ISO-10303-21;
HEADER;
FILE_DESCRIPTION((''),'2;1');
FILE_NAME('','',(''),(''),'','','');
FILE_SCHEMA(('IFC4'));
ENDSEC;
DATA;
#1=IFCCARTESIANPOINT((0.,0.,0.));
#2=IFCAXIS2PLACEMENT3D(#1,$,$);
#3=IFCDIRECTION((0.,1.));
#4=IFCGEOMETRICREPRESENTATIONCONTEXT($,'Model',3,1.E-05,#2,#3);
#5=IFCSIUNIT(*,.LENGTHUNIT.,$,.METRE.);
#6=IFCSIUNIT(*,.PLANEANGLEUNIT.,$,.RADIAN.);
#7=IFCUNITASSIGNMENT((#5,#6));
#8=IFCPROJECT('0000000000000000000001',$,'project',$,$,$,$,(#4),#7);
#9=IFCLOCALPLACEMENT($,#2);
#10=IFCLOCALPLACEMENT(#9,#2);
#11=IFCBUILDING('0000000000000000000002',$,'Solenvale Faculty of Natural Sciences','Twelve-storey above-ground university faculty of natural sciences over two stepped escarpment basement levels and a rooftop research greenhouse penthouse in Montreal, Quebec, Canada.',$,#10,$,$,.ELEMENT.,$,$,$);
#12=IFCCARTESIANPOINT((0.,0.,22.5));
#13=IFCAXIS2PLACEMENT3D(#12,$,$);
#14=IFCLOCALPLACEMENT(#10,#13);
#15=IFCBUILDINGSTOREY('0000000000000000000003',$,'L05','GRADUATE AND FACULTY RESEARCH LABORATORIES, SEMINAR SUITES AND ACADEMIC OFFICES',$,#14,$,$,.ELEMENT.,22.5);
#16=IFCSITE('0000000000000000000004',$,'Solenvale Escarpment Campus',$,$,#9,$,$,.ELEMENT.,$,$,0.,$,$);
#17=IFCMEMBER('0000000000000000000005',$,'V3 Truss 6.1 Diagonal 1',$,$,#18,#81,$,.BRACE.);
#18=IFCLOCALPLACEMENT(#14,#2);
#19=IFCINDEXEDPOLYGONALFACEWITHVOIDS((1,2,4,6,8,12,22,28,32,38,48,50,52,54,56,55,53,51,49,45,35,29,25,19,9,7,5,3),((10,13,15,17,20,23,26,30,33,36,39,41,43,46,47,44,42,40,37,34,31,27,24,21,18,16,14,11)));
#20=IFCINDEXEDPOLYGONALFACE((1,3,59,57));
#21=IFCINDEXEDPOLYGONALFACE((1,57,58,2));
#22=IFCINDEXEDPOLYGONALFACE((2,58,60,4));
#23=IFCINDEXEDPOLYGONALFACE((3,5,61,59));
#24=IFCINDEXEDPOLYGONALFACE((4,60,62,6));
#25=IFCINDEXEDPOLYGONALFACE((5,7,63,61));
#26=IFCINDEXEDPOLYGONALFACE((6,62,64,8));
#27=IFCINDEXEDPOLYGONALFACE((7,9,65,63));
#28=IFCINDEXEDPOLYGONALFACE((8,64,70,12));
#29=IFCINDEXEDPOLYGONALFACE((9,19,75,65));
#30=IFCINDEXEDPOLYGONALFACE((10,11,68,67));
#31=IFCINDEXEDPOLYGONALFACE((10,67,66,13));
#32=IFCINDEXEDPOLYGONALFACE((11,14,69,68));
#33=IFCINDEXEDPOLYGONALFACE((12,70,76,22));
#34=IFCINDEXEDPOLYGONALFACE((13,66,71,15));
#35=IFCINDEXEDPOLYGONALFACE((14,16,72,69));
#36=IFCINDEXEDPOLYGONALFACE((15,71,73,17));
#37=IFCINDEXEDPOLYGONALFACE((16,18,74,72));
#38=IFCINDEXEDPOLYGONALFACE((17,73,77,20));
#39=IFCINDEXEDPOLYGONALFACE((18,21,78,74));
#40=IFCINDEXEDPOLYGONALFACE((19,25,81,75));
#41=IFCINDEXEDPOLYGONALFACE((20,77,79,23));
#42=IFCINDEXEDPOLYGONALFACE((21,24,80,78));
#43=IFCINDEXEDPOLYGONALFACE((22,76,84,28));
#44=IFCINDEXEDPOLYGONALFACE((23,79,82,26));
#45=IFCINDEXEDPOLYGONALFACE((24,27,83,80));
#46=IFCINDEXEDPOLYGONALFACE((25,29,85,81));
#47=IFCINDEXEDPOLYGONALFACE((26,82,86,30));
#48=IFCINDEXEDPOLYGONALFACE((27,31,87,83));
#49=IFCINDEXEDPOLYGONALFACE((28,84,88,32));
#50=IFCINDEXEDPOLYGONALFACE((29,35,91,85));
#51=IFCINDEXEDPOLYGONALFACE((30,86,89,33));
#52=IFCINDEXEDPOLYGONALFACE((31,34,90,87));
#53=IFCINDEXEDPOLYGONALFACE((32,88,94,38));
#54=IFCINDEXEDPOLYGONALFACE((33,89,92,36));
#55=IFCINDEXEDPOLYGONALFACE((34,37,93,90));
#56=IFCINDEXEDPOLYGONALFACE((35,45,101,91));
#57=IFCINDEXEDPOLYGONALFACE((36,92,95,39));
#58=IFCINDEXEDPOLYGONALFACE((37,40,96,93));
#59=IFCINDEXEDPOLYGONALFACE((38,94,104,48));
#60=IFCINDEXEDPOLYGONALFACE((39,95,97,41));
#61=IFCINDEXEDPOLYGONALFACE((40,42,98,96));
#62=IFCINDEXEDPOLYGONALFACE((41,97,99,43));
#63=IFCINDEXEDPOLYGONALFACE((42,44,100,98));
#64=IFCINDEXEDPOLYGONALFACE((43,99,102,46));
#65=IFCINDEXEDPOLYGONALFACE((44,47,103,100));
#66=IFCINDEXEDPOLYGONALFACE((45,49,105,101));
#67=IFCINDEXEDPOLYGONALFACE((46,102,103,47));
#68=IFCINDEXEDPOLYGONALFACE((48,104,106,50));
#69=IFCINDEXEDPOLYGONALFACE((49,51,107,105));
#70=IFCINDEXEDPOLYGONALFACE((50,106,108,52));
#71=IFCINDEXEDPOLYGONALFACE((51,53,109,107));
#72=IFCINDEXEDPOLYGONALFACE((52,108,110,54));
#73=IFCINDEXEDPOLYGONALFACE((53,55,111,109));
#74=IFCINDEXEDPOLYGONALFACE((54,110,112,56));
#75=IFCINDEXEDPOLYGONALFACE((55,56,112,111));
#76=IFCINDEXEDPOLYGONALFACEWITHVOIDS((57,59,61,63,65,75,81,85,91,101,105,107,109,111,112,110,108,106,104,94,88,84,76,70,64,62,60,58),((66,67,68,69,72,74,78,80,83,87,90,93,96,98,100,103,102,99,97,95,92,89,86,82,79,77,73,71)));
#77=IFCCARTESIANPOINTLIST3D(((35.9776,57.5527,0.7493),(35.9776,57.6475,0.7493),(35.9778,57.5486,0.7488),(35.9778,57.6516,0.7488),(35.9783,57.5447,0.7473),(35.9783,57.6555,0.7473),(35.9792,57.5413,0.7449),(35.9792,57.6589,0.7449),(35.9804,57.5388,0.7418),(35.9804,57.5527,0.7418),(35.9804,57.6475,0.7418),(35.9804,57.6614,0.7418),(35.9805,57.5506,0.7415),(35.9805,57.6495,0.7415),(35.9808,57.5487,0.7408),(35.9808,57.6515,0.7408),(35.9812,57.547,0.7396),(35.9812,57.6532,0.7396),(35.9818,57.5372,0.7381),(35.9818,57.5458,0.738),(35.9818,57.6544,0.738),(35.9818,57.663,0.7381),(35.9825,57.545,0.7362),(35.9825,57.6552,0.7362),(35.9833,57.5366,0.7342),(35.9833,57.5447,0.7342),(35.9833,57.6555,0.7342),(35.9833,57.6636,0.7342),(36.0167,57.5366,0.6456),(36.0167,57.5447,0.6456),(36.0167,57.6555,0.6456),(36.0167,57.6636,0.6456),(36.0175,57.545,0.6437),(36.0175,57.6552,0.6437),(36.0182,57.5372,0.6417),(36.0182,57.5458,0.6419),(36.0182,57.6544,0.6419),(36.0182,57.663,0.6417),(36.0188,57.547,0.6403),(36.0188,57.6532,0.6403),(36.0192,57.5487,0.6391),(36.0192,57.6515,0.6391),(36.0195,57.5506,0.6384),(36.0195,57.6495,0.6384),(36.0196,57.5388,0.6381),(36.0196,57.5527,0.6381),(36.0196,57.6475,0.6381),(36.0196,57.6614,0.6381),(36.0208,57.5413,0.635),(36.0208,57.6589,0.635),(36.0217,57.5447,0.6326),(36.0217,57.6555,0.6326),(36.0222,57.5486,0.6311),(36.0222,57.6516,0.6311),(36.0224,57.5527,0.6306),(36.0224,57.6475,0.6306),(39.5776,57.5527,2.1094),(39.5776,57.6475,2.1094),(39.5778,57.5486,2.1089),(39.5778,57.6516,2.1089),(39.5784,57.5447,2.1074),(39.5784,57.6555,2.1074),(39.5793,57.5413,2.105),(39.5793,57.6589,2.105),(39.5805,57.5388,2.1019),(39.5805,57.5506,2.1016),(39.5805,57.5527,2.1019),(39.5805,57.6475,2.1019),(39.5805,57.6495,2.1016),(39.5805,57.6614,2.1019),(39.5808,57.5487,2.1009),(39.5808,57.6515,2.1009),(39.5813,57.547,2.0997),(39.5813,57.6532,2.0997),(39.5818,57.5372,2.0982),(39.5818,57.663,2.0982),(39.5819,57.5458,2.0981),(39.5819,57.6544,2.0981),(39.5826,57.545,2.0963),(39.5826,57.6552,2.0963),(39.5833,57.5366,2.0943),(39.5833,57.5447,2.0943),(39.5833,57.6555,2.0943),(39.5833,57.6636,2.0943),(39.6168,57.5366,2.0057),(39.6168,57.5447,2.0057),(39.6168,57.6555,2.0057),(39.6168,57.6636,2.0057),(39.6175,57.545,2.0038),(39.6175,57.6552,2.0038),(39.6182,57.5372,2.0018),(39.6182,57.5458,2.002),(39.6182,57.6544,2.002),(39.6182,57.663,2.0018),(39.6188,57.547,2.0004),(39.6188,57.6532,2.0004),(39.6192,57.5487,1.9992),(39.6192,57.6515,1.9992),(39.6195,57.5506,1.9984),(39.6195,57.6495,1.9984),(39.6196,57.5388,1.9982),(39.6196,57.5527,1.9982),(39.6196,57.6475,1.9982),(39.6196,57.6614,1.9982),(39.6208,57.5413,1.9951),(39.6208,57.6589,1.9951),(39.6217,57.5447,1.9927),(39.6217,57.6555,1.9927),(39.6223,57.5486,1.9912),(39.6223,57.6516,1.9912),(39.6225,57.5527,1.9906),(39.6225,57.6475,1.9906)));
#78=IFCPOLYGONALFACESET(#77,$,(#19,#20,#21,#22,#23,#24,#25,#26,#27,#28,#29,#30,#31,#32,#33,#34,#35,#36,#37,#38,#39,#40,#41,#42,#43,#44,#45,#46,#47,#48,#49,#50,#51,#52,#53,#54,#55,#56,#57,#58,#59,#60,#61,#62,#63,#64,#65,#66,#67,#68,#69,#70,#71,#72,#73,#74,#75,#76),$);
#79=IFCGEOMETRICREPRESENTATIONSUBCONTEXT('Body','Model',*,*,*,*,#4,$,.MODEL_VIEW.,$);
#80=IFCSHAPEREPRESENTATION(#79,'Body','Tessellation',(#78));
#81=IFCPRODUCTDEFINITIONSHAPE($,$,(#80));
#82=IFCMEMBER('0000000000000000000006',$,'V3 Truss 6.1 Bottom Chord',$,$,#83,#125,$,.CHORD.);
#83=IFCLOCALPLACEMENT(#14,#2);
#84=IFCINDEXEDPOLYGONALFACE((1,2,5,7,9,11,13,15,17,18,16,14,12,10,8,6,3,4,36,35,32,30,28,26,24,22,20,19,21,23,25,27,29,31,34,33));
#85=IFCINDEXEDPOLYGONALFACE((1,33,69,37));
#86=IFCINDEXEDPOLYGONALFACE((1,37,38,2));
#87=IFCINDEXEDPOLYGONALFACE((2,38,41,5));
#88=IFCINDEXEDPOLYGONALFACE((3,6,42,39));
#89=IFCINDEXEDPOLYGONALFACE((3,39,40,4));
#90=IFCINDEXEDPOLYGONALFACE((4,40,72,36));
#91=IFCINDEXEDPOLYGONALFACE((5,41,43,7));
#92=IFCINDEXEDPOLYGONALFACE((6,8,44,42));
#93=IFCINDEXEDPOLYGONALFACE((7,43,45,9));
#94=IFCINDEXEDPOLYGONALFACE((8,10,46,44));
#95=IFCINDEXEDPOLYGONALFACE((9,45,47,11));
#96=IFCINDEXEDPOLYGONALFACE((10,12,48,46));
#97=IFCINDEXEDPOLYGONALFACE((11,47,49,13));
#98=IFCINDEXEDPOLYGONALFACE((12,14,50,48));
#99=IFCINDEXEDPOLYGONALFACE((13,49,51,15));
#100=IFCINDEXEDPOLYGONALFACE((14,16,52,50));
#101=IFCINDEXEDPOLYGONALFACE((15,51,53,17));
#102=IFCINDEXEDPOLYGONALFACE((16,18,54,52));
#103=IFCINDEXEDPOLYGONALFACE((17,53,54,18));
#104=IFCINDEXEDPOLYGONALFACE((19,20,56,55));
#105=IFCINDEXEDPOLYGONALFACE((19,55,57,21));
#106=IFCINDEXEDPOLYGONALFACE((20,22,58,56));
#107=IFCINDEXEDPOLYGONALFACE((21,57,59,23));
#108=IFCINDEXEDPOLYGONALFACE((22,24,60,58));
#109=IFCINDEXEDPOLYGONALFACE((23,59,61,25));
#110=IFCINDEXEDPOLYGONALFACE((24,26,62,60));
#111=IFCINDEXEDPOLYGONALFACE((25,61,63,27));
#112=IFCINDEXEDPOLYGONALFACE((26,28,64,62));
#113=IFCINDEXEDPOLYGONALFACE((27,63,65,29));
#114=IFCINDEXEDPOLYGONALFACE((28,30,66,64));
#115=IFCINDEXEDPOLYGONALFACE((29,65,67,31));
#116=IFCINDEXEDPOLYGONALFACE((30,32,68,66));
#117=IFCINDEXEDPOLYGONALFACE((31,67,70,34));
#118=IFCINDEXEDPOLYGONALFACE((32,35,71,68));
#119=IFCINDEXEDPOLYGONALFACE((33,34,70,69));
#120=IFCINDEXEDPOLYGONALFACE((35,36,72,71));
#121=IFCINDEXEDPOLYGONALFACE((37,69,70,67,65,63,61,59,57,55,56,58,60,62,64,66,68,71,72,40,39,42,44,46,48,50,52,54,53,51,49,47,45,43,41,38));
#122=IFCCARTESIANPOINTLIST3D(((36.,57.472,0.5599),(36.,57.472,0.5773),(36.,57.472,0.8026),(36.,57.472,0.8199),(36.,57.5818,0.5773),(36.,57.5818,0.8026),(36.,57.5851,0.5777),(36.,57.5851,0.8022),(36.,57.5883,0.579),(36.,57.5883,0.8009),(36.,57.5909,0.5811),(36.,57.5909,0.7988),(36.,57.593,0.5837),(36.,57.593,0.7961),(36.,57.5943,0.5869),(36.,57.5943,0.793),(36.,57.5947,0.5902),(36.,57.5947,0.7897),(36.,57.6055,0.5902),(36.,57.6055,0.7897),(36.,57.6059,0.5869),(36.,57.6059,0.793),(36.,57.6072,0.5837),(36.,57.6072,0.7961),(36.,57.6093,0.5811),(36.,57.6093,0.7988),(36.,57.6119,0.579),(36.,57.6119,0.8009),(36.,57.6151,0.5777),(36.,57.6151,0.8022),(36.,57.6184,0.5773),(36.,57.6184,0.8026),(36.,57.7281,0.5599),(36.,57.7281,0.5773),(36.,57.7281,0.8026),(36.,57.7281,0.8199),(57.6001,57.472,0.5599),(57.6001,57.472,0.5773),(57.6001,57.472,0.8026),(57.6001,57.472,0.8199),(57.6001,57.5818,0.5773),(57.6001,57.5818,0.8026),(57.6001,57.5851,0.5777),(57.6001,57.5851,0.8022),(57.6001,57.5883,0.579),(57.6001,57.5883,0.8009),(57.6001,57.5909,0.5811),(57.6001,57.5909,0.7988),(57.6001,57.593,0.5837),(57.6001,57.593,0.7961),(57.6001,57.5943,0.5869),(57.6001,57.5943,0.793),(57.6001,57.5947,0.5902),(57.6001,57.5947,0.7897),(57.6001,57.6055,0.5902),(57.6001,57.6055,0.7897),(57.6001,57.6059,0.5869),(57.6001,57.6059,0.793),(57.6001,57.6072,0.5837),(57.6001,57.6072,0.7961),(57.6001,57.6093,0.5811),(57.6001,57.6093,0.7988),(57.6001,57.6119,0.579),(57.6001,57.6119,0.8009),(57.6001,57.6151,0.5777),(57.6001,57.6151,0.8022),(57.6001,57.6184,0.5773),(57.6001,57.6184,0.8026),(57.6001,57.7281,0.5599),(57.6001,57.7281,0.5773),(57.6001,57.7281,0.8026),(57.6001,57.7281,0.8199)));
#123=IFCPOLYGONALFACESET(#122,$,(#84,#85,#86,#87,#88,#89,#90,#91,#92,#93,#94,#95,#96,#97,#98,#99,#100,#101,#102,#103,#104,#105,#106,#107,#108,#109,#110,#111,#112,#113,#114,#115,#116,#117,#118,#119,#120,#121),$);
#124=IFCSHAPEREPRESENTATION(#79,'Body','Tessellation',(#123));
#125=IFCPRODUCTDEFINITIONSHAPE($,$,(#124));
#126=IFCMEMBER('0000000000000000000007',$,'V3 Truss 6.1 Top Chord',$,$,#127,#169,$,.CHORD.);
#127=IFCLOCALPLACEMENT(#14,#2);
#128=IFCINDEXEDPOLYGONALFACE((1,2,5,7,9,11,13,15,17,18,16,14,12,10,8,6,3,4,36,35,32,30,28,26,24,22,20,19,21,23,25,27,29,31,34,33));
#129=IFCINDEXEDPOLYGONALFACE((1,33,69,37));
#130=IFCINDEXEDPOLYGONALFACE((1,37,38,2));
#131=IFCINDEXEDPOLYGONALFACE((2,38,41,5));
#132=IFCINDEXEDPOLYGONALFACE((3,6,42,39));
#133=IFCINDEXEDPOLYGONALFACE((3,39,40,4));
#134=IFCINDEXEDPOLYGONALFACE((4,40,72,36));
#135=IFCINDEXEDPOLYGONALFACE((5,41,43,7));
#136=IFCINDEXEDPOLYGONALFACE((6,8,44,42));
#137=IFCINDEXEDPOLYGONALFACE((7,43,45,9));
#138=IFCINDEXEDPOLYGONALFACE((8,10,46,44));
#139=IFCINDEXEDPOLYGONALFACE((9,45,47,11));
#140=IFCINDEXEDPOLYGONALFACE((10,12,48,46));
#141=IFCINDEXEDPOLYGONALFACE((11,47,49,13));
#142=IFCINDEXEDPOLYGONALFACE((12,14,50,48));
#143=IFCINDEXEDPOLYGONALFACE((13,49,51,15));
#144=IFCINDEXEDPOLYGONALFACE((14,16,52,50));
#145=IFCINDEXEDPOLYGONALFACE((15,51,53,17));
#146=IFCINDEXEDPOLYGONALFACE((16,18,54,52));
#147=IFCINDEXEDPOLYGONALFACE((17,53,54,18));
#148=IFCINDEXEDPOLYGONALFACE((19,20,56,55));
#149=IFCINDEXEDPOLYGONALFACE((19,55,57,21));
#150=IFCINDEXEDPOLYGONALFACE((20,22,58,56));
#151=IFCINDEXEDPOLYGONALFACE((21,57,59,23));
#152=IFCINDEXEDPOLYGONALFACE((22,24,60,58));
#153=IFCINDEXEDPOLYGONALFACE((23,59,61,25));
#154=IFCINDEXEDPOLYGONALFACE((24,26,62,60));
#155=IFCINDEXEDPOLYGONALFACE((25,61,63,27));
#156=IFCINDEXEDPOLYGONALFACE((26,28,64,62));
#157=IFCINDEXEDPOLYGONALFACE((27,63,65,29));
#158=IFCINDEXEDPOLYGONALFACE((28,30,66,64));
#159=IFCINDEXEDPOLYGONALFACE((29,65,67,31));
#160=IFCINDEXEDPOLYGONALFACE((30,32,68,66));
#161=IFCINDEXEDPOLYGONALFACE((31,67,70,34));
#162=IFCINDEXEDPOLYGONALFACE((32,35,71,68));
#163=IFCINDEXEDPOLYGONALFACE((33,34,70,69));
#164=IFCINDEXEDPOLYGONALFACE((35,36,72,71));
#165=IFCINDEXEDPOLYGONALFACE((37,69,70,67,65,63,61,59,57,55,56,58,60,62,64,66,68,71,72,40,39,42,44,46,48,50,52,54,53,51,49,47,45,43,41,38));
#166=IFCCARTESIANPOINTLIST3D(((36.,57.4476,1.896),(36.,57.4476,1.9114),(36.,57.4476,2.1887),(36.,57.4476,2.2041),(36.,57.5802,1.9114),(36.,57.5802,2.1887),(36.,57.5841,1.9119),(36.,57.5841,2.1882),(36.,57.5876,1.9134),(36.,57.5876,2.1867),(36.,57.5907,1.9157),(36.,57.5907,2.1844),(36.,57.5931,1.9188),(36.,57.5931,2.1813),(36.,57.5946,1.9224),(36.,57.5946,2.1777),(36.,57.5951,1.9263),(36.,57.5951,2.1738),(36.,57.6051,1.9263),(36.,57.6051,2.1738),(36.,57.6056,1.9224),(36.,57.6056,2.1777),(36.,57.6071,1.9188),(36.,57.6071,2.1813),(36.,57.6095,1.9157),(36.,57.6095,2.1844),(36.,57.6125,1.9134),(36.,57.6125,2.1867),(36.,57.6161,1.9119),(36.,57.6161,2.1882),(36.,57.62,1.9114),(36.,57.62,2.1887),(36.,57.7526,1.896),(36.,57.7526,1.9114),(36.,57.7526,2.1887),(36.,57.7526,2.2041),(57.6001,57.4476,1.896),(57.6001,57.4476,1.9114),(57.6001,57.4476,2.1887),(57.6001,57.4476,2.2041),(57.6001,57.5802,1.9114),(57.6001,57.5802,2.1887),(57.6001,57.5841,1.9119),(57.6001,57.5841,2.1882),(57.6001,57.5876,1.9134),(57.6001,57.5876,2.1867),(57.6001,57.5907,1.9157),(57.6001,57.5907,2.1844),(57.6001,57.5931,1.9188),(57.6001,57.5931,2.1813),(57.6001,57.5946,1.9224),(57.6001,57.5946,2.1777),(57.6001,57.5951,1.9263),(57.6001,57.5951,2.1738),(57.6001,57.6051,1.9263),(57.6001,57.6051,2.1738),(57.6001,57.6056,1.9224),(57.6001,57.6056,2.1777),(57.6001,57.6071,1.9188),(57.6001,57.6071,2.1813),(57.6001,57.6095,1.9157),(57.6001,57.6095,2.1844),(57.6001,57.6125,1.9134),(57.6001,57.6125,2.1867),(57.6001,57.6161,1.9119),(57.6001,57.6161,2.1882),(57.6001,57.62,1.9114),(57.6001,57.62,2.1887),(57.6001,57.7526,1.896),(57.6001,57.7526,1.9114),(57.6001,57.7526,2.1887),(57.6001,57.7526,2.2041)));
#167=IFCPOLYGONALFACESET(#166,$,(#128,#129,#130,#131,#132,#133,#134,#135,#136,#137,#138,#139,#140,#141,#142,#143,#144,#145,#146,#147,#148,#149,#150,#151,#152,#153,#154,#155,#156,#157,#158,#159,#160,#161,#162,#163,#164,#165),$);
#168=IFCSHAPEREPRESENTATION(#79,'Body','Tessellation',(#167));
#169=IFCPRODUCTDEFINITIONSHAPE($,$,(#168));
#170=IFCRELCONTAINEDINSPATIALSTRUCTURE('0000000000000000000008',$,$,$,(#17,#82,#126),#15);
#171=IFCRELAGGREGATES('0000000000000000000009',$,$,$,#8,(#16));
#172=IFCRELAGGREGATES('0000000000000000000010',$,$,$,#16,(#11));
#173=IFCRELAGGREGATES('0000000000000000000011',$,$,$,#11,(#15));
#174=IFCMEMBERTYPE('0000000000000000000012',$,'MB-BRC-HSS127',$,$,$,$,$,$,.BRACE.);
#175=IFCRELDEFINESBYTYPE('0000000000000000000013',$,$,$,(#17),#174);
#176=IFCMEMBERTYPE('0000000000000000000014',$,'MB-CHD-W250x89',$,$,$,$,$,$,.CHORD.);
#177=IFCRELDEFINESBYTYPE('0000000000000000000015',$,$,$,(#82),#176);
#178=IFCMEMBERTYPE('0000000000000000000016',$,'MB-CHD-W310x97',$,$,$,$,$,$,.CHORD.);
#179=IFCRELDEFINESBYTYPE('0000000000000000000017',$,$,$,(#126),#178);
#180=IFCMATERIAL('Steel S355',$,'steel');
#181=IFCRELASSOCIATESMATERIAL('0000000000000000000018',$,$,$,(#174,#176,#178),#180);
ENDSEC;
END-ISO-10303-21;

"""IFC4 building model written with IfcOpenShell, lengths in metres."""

from ifc_helpers import new_model, si_unit, direction, frame, origin, origin_2d, place, context, subcontext, project, spatial, hollow_rectangle, i_section, extrude, material, material_profile, profile_set, type_object, element, save


model = new_model("IFC4")

# Units and contexts
model_context = context("Model", 3, precision=1e-05, world=origin(), true_north=direction((0.0, 1.0)))
body_context = subcontext(model_context, "Body", "Model", "MODEL_VIEW")
ifc_project = project(units=[si_unit("LENGTHUNIT", "METRE"), si_unit("PLANEANGLEUNIT", "RADIAN")], contexts=[model_context])

# Site, building, storey
site_placement = place(None, origin())
site = spatial("IfcSite", under=ifc_project, at=site_placement, Name="Solenvale Escarpment Campus", CompositionType="ELEMENT", RefElevation=0.0)
building_placement = place(site_placement, origin())
building = spatial("IfcBuilding", under=site, at=building_placement, Name="Solenvale Faculty of Natural Sciences", Description="Twelve-storey above-ground university faculty of natural sciences over two stepped escarpment basement levels and a rooftop research greenhouse penthouse in Montreal, Quebec, Canada.", CompositionType="ELEMENT")
storey_placement = place(building_placement, frame((0.0, 0.0, 22.5)))
storey = spatial("IfcBuildingStorey", under=building, at=storey_placement, Name="L05", Description="GRADUATE AND FACULTY RESEARCH LABORATORIES, SEMINAR SUITES AND ACADEMIC OFFICES", CompositionType="ELEMENT", Elevation=22.5)

# Shared definitions
ifc_material_1 = material(Name="Steel S355", Category="steel")

# Members
ifc_material_profile_1 = material_profile(ifc_material_1, hollow_rectangle(XDim=0.127, YDim=0.127, WallThickness=0.0081, InnerFilletRadius=0.0081, OuterFilletRadius=0.0161, at=origin_2d()), Name="HSS127x127x8.0")
ifc_profile_set_1 = profile_set([ifc_material_profile_1], Name="Steel S355")
member_type_1 = type_object("IfcMemberType", Name="MB-BRC-HSS127", PredefinedType="BRACE", material=ifc_profile_set_1)
member_1_placement = place(storey_placement, frame((36.0, 57.6001, 0.6899), z_axis=(0.935466, 0.0, 0.353417), x_axis=(0.0, 1.0, 0.0)))
element("IfcMember", 1, at=member_1_placement, inside=storey, type_object=member_type_1, Name="V3 Truss 6.1 Diagonal 1", PredefinedType="BRACE", context=body_context, shape_type="SweptSolid", body=[
    extrude(hollow_rectangle(XDim=0.127, YDim=0.127, WallThickness=0.0081, InnerFilletRadius=0.0081, OuterFilletRadius=0.0161, at=origin_2d()), origin(), (0.0, 0.0, 1.0), 3.8484),
])
ifc_material_profile_2 = material_profile(ifc_material_1, i_section(OverallWidth=0.2561, OverallDepth=0.26, WebThickness=0.0107, FlangeThickness=0.0173, FilletRadius=0.0129, at=origin_2d()), Name="W250x89")
ifc_profile_set_2 = profile_set([ifc_material_profile_2], Name="Steel S355")
member_type_2 = type_object("IfcMemberType", Name="MB-CHD-W250x89", PredefinedType="CHORD", material=ifc_profile_set_2)
member_2_placement = place(storey_placement, frame((36.0, 57.6001, 0.6899), z_axis=(1.0, 0.0, 0.0), x_axis=(0.0, 1.0, 0.0)))
element("IfcMember", 2, at=member_2_placement, inside=storey, type_object=member_type_2, Name="V3 Truss 6.1 Bottom Chord", PredefinedType="CHORD", context=body_context, shape_type="SweptSolid", body=[
    extrude(i_section(OverallWidth=0.2561, OverallDepth=0.26, WebThickness=0.0107, FlangeThickness=0.0173, FilletRadius=0.0129, at=origin_2d()), origin(), (0.0, 0.0, 1.0), 21.6001),
])
ifc_material_profile_3 = material_profile(ifc_material_1, i_section(OverallWidth=0.3049, OverallDepth=0.3081, WebThickness=0.01, FlangeThickness=0.0154, FilletRadius=0.0149, at=origin_2d()), Name="W310x97")
ifc_profile_set_3 = profile_set([ifc_material_profile_3], Name="Steel S355")
member_type_3 = type_object("IfcMemberType", Name="MB-CHD-W310x97", PredefinedType="CHORD", material=ifc_profile_set_3)
member_3_placement = place(storey_placement, frame((36.0, 57.6001, 2.05), z_axis=(1.0, 0.0, 0.0), x_axis=(0.0, 1.0, 0.0)))
element("IfcMember", 3, at=member_3_placement, inside=storey, type_object=member_type_3, Name="V3 Truss 6.1 Top Chord", PredefinedType="CHORD", context=body_context, shape_type="SweptSolid", body=[
    extrude(i_section(OverallWidth=0.3049, OverallDepth=0.3081, WebThickness=0.01, FlangeThickness=0.0154, FilletRadius=0.0149, at=origin_2d()), origin(), (0.0, 0.0, 1.0), 21.6001),
])

save(model, "model.ifc")
